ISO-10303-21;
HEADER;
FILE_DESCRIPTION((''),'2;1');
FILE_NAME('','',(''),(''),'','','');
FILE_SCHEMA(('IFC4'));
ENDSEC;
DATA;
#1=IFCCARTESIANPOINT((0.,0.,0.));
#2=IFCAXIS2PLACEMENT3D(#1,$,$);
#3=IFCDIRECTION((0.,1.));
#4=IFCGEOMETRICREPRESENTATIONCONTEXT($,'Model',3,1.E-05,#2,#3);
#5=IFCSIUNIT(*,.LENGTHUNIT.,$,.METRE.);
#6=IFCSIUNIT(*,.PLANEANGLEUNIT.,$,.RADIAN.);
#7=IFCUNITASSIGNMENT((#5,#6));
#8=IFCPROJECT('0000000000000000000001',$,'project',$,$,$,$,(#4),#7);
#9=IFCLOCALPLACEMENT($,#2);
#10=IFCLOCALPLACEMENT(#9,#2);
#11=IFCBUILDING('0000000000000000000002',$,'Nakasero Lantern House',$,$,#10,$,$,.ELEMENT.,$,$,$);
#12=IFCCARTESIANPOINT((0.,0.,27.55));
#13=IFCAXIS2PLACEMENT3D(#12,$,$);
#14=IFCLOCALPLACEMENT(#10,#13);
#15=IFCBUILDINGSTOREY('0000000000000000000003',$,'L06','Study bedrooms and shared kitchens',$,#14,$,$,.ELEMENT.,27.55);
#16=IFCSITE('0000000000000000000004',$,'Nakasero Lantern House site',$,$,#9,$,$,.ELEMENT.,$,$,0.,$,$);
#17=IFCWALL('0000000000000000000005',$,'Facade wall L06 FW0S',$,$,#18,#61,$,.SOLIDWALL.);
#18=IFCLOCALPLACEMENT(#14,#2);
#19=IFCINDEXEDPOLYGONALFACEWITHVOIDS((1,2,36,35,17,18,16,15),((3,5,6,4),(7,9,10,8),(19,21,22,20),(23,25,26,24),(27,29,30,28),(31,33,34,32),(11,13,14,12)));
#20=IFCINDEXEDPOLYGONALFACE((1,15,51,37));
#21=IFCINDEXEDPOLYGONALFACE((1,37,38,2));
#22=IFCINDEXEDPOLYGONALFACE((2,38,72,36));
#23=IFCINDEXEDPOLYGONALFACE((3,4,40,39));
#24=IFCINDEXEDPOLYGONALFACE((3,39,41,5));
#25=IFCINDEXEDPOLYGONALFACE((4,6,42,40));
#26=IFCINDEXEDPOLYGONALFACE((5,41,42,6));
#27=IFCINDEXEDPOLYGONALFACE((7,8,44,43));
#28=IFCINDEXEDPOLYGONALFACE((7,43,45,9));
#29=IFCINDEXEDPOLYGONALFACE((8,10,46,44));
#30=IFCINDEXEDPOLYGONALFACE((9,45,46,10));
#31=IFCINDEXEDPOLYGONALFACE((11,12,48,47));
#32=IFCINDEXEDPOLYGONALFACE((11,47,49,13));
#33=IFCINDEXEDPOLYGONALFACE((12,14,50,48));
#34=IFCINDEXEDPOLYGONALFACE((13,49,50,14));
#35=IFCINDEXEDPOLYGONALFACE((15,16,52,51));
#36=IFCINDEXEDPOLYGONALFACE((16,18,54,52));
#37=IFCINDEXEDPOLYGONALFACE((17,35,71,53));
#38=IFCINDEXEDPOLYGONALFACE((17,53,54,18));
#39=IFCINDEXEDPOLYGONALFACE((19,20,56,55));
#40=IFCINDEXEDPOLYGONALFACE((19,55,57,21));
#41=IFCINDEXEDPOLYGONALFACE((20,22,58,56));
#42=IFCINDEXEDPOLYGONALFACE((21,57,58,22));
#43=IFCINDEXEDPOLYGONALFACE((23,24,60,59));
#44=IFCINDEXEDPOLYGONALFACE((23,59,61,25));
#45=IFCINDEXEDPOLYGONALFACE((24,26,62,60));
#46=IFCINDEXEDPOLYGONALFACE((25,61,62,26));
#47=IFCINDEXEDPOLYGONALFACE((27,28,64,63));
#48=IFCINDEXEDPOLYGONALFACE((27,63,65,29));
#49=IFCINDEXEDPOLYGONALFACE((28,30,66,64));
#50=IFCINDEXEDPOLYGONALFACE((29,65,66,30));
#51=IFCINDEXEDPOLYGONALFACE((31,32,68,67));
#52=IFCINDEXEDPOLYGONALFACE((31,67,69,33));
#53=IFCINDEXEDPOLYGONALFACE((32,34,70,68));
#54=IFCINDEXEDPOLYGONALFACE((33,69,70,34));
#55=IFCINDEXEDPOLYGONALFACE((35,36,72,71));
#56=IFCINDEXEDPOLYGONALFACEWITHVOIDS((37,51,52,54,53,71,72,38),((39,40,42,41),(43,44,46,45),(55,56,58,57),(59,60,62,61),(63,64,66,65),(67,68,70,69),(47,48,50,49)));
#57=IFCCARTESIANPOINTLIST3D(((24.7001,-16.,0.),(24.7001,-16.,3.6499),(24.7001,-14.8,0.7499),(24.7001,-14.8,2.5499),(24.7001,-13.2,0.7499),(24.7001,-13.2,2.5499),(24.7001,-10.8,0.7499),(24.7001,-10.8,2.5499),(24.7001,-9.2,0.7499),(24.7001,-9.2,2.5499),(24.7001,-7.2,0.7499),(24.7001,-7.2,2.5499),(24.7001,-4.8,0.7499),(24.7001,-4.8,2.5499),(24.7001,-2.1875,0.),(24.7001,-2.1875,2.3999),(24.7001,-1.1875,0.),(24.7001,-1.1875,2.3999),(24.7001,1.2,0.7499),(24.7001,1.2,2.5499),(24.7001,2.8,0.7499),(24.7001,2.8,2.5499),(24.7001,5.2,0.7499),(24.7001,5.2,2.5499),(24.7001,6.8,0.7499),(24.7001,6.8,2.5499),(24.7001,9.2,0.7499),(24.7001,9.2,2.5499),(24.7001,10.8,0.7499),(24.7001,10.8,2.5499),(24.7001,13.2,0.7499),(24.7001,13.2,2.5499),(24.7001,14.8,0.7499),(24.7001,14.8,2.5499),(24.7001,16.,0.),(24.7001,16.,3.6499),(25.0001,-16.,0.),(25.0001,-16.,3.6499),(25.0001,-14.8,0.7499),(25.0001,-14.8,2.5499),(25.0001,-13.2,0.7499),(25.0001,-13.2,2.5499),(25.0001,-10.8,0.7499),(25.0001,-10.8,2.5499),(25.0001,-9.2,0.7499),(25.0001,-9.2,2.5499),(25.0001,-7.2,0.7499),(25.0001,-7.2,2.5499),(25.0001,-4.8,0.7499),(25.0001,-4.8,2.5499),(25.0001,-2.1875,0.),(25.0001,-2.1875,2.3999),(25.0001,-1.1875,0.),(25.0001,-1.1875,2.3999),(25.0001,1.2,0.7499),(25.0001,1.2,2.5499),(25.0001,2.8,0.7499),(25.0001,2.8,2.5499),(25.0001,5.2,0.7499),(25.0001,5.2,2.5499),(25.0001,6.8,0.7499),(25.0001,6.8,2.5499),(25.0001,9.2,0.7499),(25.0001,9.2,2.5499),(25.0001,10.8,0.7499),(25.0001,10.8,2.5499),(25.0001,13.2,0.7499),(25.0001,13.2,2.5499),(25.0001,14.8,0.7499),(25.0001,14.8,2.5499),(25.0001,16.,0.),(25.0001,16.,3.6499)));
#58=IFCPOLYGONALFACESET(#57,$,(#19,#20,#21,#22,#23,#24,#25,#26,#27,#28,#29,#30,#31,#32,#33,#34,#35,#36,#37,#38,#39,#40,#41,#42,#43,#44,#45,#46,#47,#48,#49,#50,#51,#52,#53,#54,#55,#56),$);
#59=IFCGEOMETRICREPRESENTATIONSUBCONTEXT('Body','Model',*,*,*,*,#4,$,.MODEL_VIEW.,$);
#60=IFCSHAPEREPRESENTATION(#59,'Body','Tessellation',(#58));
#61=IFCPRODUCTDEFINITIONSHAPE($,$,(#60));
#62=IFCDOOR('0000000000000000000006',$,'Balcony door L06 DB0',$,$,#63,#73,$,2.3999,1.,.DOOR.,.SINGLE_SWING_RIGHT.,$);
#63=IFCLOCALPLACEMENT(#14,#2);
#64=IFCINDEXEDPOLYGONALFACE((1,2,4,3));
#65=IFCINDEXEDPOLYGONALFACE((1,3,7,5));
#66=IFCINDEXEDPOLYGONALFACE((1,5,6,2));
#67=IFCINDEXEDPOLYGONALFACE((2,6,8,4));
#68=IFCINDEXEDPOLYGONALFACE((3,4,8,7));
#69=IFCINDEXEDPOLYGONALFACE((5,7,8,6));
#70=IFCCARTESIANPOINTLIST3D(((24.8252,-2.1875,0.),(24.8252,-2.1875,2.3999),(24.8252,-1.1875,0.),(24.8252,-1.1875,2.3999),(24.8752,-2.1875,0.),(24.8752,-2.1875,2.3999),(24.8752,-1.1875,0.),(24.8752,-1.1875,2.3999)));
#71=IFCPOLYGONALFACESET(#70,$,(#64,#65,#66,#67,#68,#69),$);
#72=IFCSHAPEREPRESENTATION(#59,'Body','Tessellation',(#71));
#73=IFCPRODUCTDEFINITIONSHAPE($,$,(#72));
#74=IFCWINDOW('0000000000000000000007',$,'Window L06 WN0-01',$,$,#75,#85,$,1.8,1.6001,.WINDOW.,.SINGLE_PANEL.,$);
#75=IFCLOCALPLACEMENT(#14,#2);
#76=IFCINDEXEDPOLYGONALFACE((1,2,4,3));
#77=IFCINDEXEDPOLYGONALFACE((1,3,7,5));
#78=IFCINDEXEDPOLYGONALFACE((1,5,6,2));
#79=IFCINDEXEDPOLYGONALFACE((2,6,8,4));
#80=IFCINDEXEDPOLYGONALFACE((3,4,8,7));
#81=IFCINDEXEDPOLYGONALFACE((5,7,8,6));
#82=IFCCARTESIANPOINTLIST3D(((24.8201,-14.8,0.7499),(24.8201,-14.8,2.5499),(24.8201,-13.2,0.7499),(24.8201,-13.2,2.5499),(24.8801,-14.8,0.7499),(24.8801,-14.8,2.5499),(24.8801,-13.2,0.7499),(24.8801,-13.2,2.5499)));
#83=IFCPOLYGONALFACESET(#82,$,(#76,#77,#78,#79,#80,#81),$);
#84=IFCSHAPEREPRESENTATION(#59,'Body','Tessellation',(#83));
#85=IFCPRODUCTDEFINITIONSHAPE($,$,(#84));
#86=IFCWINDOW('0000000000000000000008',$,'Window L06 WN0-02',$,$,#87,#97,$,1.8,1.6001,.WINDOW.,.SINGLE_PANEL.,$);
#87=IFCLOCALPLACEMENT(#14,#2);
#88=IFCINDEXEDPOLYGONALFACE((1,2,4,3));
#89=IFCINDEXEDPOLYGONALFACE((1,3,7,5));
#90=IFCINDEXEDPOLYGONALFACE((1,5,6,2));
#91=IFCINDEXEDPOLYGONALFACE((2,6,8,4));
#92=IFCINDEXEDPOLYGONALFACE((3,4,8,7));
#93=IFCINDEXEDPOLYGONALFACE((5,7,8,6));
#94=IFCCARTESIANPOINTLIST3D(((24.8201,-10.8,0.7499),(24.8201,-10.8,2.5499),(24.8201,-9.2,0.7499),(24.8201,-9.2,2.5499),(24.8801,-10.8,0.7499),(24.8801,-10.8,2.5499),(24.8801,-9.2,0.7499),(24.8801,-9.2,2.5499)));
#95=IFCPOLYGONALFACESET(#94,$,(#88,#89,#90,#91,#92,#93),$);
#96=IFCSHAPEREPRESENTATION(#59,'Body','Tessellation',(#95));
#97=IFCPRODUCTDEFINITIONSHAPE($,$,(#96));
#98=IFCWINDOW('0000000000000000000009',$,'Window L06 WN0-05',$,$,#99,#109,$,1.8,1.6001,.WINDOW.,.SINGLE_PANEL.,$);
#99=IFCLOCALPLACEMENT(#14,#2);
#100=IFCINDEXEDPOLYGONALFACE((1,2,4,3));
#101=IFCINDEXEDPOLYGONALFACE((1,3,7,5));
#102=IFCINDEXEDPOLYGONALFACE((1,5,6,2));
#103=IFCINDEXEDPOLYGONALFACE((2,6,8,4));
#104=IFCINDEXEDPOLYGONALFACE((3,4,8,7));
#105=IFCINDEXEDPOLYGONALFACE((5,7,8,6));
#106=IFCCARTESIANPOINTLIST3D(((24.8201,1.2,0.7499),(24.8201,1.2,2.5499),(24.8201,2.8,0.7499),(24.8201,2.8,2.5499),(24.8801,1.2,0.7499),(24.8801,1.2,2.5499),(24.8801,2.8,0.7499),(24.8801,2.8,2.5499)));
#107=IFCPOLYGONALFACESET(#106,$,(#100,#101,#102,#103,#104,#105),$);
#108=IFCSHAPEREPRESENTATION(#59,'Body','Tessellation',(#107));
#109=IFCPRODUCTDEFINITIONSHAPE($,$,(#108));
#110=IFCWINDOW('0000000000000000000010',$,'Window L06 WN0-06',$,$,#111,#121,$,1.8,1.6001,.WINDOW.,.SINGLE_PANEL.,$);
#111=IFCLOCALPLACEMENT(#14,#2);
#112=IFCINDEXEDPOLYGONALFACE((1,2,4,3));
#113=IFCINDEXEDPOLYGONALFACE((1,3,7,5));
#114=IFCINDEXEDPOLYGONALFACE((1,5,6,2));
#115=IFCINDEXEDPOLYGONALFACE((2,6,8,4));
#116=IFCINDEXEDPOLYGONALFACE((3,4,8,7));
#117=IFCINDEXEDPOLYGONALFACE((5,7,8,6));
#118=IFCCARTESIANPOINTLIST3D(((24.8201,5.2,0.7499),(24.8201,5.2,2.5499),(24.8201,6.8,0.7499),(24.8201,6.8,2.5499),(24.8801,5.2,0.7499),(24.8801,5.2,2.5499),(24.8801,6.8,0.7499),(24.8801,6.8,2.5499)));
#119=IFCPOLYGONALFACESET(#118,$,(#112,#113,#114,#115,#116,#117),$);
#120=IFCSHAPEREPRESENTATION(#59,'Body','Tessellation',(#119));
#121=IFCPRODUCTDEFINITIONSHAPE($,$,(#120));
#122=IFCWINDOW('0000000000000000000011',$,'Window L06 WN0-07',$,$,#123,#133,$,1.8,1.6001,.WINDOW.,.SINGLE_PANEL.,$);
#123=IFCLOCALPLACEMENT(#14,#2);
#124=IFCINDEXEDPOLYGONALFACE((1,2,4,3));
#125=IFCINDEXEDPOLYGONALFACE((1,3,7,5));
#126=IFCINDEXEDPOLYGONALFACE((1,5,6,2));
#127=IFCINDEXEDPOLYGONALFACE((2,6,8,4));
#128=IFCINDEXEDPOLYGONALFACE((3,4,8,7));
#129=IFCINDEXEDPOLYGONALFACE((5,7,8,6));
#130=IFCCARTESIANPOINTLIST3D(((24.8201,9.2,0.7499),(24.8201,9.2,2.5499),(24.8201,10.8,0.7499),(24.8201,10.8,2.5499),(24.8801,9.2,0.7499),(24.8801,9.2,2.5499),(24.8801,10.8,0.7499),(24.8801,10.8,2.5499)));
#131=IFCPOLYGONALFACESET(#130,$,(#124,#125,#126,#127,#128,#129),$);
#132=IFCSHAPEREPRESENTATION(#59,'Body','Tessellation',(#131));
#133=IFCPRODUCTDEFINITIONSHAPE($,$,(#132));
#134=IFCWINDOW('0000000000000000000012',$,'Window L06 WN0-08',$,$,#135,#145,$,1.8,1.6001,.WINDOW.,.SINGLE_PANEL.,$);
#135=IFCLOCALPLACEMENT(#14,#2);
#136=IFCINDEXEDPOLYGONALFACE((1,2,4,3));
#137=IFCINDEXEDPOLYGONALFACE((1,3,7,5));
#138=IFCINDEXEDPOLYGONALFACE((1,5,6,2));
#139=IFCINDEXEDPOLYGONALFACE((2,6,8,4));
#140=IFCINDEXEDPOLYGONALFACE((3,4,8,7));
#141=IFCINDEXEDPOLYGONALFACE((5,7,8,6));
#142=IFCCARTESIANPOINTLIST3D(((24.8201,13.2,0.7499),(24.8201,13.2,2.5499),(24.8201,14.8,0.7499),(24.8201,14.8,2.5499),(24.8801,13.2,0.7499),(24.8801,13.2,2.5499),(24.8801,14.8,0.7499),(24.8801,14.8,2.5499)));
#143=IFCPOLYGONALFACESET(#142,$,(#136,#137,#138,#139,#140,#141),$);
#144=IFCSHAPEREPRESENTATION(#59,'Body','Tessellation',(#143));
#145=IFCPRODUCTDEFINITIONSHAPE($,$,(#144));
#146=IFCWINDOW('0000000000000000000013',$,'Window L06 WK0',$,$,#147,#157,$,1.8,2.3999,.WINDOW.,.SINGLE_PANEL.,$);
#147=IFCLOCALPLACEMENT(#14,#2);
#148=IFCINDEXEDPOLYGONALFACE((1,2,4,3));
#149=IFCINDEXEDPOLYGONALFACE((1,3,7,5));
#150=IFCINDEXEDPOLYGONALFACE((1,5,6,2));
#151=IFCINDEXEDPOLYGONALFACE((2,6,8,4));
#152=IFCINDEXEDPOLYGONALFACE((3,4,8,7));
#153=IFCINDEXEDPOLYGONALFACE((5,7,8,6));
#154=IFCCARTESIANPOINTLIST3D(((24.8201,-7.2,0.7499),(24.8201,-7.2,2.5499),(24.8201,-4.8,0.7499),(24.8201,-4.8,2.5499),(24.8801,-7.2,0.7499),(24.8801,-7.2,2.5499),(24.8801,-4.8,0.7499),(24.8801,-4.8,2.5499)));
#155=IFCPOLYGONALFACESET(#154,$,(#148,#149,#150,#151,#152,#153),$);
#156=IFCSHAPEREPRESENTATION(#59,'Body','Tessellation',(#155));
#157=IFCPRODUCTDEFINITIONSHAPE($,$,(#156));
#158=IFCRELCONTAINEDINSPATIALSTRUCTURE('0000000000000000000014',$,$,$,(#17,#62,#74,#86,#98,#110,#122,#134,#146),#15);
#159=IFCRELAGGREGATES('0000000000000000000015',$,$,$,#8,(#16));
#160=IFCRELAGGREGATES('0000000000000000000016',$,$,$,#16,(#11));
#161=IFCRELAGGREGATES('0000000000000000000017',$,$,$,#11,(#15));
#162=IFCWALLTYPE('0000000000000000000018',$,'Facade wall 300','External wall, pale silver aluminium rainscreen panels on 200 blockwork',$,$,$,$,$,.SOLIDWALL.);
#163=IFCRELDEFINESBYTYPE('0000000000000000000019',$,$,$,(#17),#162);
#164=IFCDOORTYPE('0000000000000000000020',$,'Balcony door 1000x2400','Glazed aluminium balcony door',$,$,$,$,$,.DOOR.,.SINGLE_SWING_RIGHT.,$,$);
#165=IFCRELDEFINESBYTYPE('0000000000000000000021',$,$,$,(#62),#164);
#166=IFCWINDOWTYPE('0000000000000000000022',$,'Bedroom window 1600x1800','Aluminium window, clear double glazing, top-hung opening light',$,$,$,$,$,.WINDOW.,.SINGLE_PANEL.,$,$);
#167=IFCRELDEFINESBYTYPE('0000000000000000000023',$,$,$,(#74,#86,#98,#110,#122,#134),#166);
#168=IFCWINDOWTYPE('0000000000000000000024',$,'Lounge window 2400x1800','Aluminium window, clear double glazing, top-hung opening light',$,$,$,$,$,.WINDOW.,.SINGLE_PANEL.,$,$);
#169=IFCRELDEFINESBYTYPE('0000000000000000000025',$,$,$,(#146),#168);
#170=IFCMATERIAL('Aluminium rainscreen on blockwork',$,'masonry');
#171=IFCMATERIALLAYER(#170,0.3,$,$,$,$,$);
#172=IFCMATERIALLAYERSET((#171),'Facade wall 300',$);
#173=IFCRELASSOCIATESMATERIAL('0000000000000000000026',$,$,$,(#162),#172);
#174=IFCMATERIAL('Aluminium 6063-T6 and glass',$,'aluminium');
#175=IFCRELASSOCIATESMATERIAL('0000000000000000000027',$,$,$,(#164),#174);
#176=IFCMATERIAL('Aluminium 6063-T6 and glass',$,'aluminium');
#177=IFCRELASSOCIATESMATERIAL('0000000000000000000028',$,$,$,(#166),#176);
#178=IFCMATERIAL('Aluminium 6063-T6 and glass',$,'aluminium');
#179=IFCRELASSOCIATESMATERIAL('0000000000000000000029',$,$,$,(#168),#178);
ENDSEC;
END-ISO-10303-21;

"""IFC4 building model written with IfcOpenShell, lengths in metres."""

from ifc_helpers import new_model, si_unit, direction, frame, frame_2d, origin, place, context, subcontext, project, spatial, rectangle, extrude, material, layer, layer_set, type_object, element, fill, save


model = new_model("IFC4")

# Units and contexts
model_context = context("Model", 3, precision=1e-05, world=origin(), true_north=direction((0.0, 1.0)))
body_context = subcontext(model_context, "Body", "Model", "MODEL_VIEW")
ifc_project = project(units=[si_unit("LENGTHUNIT", "METRE"), si_unit("PLANEANGLEUNIT", "RADIAN")], contexts=[model_context])

# Site, building, storey
site_placement = place(None, origin())
site = spatial("IfcSite", under=ifc_project, at=site_placement, Name="Nakasero Lantern House site", CompositionType="ELEMENT", RefElevation=0.0)
building_placement = place(site_placement, origin())
building = spatial("IfcBuilding", under=site, at=building_placement, Name="Nakasero Lantern House", CompositionType="ELEMENT")
storey_placement = place(building_placement, frame((0.0, 0.0, 27.55)))
storey = spatial("IfcBuildingStorey", under=building, at=storey_placement, Name="L06", Description="Study bedrooms and shared kitchens", CompositionType="ELEMENT", Elevation=27.55)

# Wall, openings, door, windows
ifc_material_1 = material(Name="Aluminium rainscreen on blockwork", Category="masonry")
ifc_layer_1 = layer(ifc_material_1, 0.3)
ifc_layer_set_1 = layer_set([ifc_layer_1], Name="Facade wall 300")
wall_type_1 = type_object("IfcWallType", Name="Facade wall 300", Description="External wall, pale silver aluminium rainscreen panels on 200 blockwork", PredefinedType="SOLIDWALL", material=ifc_layer_set_1)
wall_1_placement = place(storey_placement, frame((24.8501, -16.0, 0.0), z_axis=(0.0, 0.0, 1.0), x_axis=(0.0, 1.0, 0.0)))
wall_1 = element("IfcWall", 1, at=wall_1_placement, inside=storey, type_object=wall_type_1, Name="Facade wall L06 FW0S", PredefinedType="SOLIDWALL", context=body_context, shape_type="SweptSolid", body=[
    extrude(rectangle(XDim=32.0, YDim=0.3, at=frame_2d((16.0, 0.0))), origin(), (0.0, 0.0, 1.0), 3.6499),
])
opening_1_placement = place(wall_1_placement, frame((1.2, 0.0, 0.75)))
opening_1 = element("IfcOpeningElement", 2, at=opening_1_placement, cuts=wall_1, PredefinedType="OPENING", context=body_context, shape_type="SweptSolid", body=[
    extrude(rectangle(XDim=1.6001, YDim=1.8, at=frame_2d((0.8, 0.8999))), frame((0.0, 0.1699, 0.0), z_axis=(0.0, -1.0, 0.0), x_axis=(1.0, 0.0, 0.0)), (0.0, 0.0, 1.0), 0.3401),
])
opening_2_placement = place(wall_1_placement, frame((5.2, 0.0, 0.75)))
opening_2 = element("IfcOpeningElement", 3, at=opening_2_placement, cuts=wall_1, PredefinedType="OPENING", context=body_context, shape_type="SweptSolid", body=[
    extrude(rectangle(XDim=1.6001, YDim=1.8, at=frame_2d((0.8, 0.8999))), frame((0.0, 0.1699, 0.0), z_axis=(0.0, -1.0, 0.0), x_axis=(1.0, 0.0, 0.0)), (0.0, 0.0, 1.0), 0.3401),
])
opening_3_placement = place(wall_1_placement, frame((17.2, 0.0, 0.75)))
opening_3 = element("IfcOpeningElement", 4, at=opening_3_placement, cuts=wall_1, PredefinedType="OPENING", context=body_context, shape_type="SweptSolid", body=[
    extrude(rectangle(XDim=1.6001, YDim=1.8, at=frame_2d((0.8, 0.8999))), frame((0.0, 0.1699, 0.0), z_axis=(0.0, -1.0, 0.0), x_axis=(1.0, 0.0, 0.0)), (0.0, 0.0, 1.0), 0.3401),
])
opening_4_placement = place(wall_1_placement, frame((21.2, 0.0, 0.75)))
opening_4 = element("IfcOpeningElement", 5, at=opening_4_placement, cuts=wall_1, PredefinedType="OPENING", context=body_context, shape_type="SweptSolid", body=[
    extrude(rectangle(XDim=1.6001, YDim=1.8, at=frame_2d((0.8, 0.8999))), frame((0.0, 0.1699, 0.0), z_axis=(0.0, -1.0, 0.0), x_axis=(1.0, 0.0, 0.0)), (0.0, 0.0, 1.0), 0.3401),
])
opening_5_placement = place(wall_1_placement, frame((25.2, 0.0, 0.75)))
opening_5 = element("IfcOpeningElement", 6, at=opening_5_placement, cuts=wall_1, PredefinedType="OPENING", context=body_context, shape_type="SweptSolid", body=[
    extrude(rectangle(XDim=1.6001, YDim=1.8, at=frame_2d((0.8, 0.8999))), frame((0.0, 0.1699, 0.0), z_axis=(0.0, -1.0, 0.0), x_axis=(1.0, 0.0, 0.0)), (0.0, 0.0, 1.0), 0.3401),
])
opening_6_placement = place(wall_1_placement, frame((29.2, 0.0, 0.75)))
opening_6 = element("IfcOpeningElement", 7, at=opening_6_placement, cuts=wall_1, PredefinedType="OPENING", context=body_context, shape_type="SweptSolid", body=[
    extrude(rectangle(XDim=1.6001, YDim=1.8, at=frame_2d((0.8, 0.8999))), frame((0.0, 0.1699, 0.0), z_axis=(0.0, -1.0, 0.0), x_axis=(1.0, 0.0, 0.0)), (0.0, 0.0, 1.0), 0.3401),
])
opening_7_placement = place(wall_1_placement, frame((8.8, 0.0, 0.75)))
opening_7 = element("IfcOpeningElement", 8, at=opening_7_placement, cuts=wall_1, PredefinedType="OPENING", context=body_context, shape_type="SweptSolid", body=[
    extrude(rectangle(XDim=2.3999, YDim=1.8, at=frame_2d((1.2, 0.8999))), frame((0.0, 0.1699, 0.0), z_axis=(0.0, -1.0, 0.0), x_axis=(1.0, 0.0, 0.0)), (0.0, 0.0, 1.0), 0.3401),
])
opening_8_placement = place(wall_1_placement, frame((13.8125, 0.0, 0.0)))
opening_8 = element("IfcOpeningElement", 9, at=opening_8_placement, cuts=wall_1, PredefinedType="OPENING", context=body_context, shape_type="SweptSolid", body=[
    extrude(rectangle(XDim=1.0, YDim=2.3999, at=frame_2d((0.5, 1.2))), frame((0.0, 0.1699, 0.0), z_axis=(0.0, -1.0, 0.0), x_axis=(1.0, 0.0, 0.0)), (0.0, 0.0, 1.0), 0.3401),
])
ifc_material_2 = material(Name="Aluminium 6063-T6 and glass", Category="aluminium")
door_type = type_object("IfcDoorType", Name="Balcony door 1000x2400", Description="Glazed aluminium balcony door", OperationType="SINGLE_SWING_RIGHT", PredefinedType="DOOR", material=ifc_material_2)
door_placement = place(opening_8_placement, origin())
door = element("IfcDoor", 10, at=door_placement, inside=storey, type_object=door_type, Name="Balcony door L06 DB0", OperationType="SINGLE_SWING_RIGHT", OverallHeight=2.3999, OverallWidth=1.0, PredefinedType="DOOR", context=body_context, shape_type="SweptSolid", body=[
    extrude(rectangle(XDim=1.0, YDim=2.3999, at=frame_2d((0.5, 1.2))), frame((0.0, 0.0249, 0.0), z_axis=(0.0, -1.0, 0.0), x_axis=(1.0, 0.0, 0.0)), (0.0, 0.0, 1.0), 0.05),
])
fill(opening_8, door)
ifc_material_3 = material(Name="Aluminium 6063-T6 and glass", Category="aluminium")
window_type_1 = type_object("IfcWindowType", Name="Bedroom window 1600x1800", Description="Aluminium window, clear double glazing, top-hung opening light", PartitioningType="SINGLE_PANEL", PredefinedType="WINDOW", material=ifc_material_3)
window_1_placement = place(opening_1_placement, origin())
window_1 = element("IfcWindow", 11, at=window_1_placement, inside=storey, type_object=window_type_1, Name="Window L06 WN0-01", OverallHeight=1.8, OverallWidth=1.6001, PartitioningType="SINGLE_PANEL", PredefinedType="WINDOW", context=body_context, shape_type="SweptSolid", body=[
    extrude(rectangle(XDim=1.6001, YDim=1.8, at=frame_2d((0.8, 0.8999))), frame((0.0, 0.03, 0.0), z_axis=(0.0, -1.0, 0.0), x_axis=(1.0, 0.0, 0.0)), (0.0, 0.0, 1.0), 0.0601),
])
fill(opening_1, window_1)
window_2_placement = place(opening_2_placement, origin())
window_2 = element("IfcWindow", 12, at=window_2_placement, inside=storey, type_object=window_type_1, Name="Window L06 WN0-02", OverallHeight=1.8, OverallWidth=1.6001, PartitioningType="SINGLE_PANEL", PredefinedType="WINDOW", context=body_context, shape_type="SweptSolid", body=[
    extrude(rectangle(XDim=1.6001, YDim=1.8, at=frame_2d((0.8, 0.8999))), frame((0.0, 0.03, 0.0), z_axis=(0.0, -1.0, 0.0), x_axis=(1.0, 0.0, 0.0)), (0.0, 0.0, 1.0), 0.0601),
])
fill(opening_2, window_2)
window_3_placement = place(opening_3_placement, origin())
window_3 = element("IfcWindow", 13, at=window_3_placement, inside=storey, type_object=window_type_1, Name="Window L06 WN0-05", OverallHeight=1.8, OverallWidth=1.6001, PartitioningType="SINGLE_PANEL", PredefinedType="WINDOW", context=body_context, shape_type="SweptSolid", body=[
    extrude(rectangle(XDim=1.6001, YDim=1.8, at=frame_2d((0.8, 0.8999))), frame((0.0, 0.03, 0.0), z_axis=(0.0, -1.0, 0.0), x_axis=(1.0, 0.0, 0.0)), (0.0, 0.0, 1.0), 0.0601),
])
fill(opening_3, window_3)
window_4_placement = place(opening_4_placement, origin())
window_4 = element("IfcWindow", 14, at=window_4_placement, inside=storey, type_object=window_type_1, Name="Window L06 WN0-06", OverallHeight=1.8, OverallWidth=1.6001, PartitioningType="SINGLE_PANEL", PredefinedType="WINDOW", context=body_context, shape_type="SweptSolid", body=[
    extrude(rectangle(XDim=1.6001, YDim=1.8, at=frame_2d((0.8, 0.8999))), frame((0.0, 0.03, 0.0), z_axis=(0.0, -1.0, 0.0), x_axis=(1.0, 0.0, 0.0)), (0.0, 0.0, 1.0), 0.0601),
])
fill(opening_4, window_4)
window_5_placement = place(opening_5_placement, origin())
window_5 = element("IfcWindow", 15, at=window_5_placement, inside=storey, type_object=window_type_1, Name="Window L06 WN0-07", OverallHeight=1.8, OverallWidth=1.6001, PartitioningType="SINGLE_PANEL", PredefinedType="WINDOW", context=body_context, shape_type="SweptSolid", body=[
    extrude(rectangle(XDim=1.6001, YDim=1.8, at=frame_2d((0.8, 0.8999))), frame((0.0, 0.03, 0.0), z_axis=(0.0, -1.0, 0.0), x_axis=(1.0, 0.0, 0.0)), (0.0, 0.0, 1.0), 0.0601),
])
fill(opening_5, window_5)
window_6_placement = place(opening_6_placement, origin())
window_6 = element("IfcWindow", 16, at=window_6_placement, inside=storey, type_object=window_type_1, Name="Window L06 WN0-08", OverallHeight=1.8, OverallWidth=1.6001, PartitioningType="SINGLE_PANEL", PredefinedType="WINDOW", context=body_context, shape_type="SweptSolid", body=[
    extrude(rectangle(XDim=1.6001, YDim=1.8, at=frame_2d((0.8, 0.8999))), frame((0.0, 0.03, 0.0), z_axis=(0.0, -1.0, 0.0), x_axis=(1.0, 0.0, 0.0)), (0.0, 0.0, 1.0), 0.0601),
])
fill(opening_6, window_6)
ifc_material_4 = material(Name="Aluminium 6063-T6 and glass", Category="aluminium")
window_type_2 = type_object("IfcWindowType", Name="Lounge window 2400x1800", Description="Aluminium window, clear double glazing, top-hung opening light", PartitioningType="SINGLE_PANEL", PredefinedType="WINDOW", material=ifc_material_4)
window_7_placement = place(opening_7_placement, origin())
window_7 = element("IfcWindow", 17, at=window_7_placement, inside=storey, type_object=window_type_2, Name="Window L06 WK0", OverallHeight=1.8, OverallWidth=2.3999, PartitioningType="SINGLE_PANEL", PredefinedType="WINDOW", context=body_context, shape_type="SweptSolid", body=[
    extrude(rectangle(XDim=2.3999, YDim=1.8, at=frame_2d((1.2, 0.8999))), frame((0.0, 0.03, 0.0), z_axis=(0.0, -1.0, 0.0), x_axis=(1.0, 0.0, 0.0)), (0.0, 0.0, 1.0), 0.0601),
])
fill(opening_7, window_7)

save(model, "model.ifc")
